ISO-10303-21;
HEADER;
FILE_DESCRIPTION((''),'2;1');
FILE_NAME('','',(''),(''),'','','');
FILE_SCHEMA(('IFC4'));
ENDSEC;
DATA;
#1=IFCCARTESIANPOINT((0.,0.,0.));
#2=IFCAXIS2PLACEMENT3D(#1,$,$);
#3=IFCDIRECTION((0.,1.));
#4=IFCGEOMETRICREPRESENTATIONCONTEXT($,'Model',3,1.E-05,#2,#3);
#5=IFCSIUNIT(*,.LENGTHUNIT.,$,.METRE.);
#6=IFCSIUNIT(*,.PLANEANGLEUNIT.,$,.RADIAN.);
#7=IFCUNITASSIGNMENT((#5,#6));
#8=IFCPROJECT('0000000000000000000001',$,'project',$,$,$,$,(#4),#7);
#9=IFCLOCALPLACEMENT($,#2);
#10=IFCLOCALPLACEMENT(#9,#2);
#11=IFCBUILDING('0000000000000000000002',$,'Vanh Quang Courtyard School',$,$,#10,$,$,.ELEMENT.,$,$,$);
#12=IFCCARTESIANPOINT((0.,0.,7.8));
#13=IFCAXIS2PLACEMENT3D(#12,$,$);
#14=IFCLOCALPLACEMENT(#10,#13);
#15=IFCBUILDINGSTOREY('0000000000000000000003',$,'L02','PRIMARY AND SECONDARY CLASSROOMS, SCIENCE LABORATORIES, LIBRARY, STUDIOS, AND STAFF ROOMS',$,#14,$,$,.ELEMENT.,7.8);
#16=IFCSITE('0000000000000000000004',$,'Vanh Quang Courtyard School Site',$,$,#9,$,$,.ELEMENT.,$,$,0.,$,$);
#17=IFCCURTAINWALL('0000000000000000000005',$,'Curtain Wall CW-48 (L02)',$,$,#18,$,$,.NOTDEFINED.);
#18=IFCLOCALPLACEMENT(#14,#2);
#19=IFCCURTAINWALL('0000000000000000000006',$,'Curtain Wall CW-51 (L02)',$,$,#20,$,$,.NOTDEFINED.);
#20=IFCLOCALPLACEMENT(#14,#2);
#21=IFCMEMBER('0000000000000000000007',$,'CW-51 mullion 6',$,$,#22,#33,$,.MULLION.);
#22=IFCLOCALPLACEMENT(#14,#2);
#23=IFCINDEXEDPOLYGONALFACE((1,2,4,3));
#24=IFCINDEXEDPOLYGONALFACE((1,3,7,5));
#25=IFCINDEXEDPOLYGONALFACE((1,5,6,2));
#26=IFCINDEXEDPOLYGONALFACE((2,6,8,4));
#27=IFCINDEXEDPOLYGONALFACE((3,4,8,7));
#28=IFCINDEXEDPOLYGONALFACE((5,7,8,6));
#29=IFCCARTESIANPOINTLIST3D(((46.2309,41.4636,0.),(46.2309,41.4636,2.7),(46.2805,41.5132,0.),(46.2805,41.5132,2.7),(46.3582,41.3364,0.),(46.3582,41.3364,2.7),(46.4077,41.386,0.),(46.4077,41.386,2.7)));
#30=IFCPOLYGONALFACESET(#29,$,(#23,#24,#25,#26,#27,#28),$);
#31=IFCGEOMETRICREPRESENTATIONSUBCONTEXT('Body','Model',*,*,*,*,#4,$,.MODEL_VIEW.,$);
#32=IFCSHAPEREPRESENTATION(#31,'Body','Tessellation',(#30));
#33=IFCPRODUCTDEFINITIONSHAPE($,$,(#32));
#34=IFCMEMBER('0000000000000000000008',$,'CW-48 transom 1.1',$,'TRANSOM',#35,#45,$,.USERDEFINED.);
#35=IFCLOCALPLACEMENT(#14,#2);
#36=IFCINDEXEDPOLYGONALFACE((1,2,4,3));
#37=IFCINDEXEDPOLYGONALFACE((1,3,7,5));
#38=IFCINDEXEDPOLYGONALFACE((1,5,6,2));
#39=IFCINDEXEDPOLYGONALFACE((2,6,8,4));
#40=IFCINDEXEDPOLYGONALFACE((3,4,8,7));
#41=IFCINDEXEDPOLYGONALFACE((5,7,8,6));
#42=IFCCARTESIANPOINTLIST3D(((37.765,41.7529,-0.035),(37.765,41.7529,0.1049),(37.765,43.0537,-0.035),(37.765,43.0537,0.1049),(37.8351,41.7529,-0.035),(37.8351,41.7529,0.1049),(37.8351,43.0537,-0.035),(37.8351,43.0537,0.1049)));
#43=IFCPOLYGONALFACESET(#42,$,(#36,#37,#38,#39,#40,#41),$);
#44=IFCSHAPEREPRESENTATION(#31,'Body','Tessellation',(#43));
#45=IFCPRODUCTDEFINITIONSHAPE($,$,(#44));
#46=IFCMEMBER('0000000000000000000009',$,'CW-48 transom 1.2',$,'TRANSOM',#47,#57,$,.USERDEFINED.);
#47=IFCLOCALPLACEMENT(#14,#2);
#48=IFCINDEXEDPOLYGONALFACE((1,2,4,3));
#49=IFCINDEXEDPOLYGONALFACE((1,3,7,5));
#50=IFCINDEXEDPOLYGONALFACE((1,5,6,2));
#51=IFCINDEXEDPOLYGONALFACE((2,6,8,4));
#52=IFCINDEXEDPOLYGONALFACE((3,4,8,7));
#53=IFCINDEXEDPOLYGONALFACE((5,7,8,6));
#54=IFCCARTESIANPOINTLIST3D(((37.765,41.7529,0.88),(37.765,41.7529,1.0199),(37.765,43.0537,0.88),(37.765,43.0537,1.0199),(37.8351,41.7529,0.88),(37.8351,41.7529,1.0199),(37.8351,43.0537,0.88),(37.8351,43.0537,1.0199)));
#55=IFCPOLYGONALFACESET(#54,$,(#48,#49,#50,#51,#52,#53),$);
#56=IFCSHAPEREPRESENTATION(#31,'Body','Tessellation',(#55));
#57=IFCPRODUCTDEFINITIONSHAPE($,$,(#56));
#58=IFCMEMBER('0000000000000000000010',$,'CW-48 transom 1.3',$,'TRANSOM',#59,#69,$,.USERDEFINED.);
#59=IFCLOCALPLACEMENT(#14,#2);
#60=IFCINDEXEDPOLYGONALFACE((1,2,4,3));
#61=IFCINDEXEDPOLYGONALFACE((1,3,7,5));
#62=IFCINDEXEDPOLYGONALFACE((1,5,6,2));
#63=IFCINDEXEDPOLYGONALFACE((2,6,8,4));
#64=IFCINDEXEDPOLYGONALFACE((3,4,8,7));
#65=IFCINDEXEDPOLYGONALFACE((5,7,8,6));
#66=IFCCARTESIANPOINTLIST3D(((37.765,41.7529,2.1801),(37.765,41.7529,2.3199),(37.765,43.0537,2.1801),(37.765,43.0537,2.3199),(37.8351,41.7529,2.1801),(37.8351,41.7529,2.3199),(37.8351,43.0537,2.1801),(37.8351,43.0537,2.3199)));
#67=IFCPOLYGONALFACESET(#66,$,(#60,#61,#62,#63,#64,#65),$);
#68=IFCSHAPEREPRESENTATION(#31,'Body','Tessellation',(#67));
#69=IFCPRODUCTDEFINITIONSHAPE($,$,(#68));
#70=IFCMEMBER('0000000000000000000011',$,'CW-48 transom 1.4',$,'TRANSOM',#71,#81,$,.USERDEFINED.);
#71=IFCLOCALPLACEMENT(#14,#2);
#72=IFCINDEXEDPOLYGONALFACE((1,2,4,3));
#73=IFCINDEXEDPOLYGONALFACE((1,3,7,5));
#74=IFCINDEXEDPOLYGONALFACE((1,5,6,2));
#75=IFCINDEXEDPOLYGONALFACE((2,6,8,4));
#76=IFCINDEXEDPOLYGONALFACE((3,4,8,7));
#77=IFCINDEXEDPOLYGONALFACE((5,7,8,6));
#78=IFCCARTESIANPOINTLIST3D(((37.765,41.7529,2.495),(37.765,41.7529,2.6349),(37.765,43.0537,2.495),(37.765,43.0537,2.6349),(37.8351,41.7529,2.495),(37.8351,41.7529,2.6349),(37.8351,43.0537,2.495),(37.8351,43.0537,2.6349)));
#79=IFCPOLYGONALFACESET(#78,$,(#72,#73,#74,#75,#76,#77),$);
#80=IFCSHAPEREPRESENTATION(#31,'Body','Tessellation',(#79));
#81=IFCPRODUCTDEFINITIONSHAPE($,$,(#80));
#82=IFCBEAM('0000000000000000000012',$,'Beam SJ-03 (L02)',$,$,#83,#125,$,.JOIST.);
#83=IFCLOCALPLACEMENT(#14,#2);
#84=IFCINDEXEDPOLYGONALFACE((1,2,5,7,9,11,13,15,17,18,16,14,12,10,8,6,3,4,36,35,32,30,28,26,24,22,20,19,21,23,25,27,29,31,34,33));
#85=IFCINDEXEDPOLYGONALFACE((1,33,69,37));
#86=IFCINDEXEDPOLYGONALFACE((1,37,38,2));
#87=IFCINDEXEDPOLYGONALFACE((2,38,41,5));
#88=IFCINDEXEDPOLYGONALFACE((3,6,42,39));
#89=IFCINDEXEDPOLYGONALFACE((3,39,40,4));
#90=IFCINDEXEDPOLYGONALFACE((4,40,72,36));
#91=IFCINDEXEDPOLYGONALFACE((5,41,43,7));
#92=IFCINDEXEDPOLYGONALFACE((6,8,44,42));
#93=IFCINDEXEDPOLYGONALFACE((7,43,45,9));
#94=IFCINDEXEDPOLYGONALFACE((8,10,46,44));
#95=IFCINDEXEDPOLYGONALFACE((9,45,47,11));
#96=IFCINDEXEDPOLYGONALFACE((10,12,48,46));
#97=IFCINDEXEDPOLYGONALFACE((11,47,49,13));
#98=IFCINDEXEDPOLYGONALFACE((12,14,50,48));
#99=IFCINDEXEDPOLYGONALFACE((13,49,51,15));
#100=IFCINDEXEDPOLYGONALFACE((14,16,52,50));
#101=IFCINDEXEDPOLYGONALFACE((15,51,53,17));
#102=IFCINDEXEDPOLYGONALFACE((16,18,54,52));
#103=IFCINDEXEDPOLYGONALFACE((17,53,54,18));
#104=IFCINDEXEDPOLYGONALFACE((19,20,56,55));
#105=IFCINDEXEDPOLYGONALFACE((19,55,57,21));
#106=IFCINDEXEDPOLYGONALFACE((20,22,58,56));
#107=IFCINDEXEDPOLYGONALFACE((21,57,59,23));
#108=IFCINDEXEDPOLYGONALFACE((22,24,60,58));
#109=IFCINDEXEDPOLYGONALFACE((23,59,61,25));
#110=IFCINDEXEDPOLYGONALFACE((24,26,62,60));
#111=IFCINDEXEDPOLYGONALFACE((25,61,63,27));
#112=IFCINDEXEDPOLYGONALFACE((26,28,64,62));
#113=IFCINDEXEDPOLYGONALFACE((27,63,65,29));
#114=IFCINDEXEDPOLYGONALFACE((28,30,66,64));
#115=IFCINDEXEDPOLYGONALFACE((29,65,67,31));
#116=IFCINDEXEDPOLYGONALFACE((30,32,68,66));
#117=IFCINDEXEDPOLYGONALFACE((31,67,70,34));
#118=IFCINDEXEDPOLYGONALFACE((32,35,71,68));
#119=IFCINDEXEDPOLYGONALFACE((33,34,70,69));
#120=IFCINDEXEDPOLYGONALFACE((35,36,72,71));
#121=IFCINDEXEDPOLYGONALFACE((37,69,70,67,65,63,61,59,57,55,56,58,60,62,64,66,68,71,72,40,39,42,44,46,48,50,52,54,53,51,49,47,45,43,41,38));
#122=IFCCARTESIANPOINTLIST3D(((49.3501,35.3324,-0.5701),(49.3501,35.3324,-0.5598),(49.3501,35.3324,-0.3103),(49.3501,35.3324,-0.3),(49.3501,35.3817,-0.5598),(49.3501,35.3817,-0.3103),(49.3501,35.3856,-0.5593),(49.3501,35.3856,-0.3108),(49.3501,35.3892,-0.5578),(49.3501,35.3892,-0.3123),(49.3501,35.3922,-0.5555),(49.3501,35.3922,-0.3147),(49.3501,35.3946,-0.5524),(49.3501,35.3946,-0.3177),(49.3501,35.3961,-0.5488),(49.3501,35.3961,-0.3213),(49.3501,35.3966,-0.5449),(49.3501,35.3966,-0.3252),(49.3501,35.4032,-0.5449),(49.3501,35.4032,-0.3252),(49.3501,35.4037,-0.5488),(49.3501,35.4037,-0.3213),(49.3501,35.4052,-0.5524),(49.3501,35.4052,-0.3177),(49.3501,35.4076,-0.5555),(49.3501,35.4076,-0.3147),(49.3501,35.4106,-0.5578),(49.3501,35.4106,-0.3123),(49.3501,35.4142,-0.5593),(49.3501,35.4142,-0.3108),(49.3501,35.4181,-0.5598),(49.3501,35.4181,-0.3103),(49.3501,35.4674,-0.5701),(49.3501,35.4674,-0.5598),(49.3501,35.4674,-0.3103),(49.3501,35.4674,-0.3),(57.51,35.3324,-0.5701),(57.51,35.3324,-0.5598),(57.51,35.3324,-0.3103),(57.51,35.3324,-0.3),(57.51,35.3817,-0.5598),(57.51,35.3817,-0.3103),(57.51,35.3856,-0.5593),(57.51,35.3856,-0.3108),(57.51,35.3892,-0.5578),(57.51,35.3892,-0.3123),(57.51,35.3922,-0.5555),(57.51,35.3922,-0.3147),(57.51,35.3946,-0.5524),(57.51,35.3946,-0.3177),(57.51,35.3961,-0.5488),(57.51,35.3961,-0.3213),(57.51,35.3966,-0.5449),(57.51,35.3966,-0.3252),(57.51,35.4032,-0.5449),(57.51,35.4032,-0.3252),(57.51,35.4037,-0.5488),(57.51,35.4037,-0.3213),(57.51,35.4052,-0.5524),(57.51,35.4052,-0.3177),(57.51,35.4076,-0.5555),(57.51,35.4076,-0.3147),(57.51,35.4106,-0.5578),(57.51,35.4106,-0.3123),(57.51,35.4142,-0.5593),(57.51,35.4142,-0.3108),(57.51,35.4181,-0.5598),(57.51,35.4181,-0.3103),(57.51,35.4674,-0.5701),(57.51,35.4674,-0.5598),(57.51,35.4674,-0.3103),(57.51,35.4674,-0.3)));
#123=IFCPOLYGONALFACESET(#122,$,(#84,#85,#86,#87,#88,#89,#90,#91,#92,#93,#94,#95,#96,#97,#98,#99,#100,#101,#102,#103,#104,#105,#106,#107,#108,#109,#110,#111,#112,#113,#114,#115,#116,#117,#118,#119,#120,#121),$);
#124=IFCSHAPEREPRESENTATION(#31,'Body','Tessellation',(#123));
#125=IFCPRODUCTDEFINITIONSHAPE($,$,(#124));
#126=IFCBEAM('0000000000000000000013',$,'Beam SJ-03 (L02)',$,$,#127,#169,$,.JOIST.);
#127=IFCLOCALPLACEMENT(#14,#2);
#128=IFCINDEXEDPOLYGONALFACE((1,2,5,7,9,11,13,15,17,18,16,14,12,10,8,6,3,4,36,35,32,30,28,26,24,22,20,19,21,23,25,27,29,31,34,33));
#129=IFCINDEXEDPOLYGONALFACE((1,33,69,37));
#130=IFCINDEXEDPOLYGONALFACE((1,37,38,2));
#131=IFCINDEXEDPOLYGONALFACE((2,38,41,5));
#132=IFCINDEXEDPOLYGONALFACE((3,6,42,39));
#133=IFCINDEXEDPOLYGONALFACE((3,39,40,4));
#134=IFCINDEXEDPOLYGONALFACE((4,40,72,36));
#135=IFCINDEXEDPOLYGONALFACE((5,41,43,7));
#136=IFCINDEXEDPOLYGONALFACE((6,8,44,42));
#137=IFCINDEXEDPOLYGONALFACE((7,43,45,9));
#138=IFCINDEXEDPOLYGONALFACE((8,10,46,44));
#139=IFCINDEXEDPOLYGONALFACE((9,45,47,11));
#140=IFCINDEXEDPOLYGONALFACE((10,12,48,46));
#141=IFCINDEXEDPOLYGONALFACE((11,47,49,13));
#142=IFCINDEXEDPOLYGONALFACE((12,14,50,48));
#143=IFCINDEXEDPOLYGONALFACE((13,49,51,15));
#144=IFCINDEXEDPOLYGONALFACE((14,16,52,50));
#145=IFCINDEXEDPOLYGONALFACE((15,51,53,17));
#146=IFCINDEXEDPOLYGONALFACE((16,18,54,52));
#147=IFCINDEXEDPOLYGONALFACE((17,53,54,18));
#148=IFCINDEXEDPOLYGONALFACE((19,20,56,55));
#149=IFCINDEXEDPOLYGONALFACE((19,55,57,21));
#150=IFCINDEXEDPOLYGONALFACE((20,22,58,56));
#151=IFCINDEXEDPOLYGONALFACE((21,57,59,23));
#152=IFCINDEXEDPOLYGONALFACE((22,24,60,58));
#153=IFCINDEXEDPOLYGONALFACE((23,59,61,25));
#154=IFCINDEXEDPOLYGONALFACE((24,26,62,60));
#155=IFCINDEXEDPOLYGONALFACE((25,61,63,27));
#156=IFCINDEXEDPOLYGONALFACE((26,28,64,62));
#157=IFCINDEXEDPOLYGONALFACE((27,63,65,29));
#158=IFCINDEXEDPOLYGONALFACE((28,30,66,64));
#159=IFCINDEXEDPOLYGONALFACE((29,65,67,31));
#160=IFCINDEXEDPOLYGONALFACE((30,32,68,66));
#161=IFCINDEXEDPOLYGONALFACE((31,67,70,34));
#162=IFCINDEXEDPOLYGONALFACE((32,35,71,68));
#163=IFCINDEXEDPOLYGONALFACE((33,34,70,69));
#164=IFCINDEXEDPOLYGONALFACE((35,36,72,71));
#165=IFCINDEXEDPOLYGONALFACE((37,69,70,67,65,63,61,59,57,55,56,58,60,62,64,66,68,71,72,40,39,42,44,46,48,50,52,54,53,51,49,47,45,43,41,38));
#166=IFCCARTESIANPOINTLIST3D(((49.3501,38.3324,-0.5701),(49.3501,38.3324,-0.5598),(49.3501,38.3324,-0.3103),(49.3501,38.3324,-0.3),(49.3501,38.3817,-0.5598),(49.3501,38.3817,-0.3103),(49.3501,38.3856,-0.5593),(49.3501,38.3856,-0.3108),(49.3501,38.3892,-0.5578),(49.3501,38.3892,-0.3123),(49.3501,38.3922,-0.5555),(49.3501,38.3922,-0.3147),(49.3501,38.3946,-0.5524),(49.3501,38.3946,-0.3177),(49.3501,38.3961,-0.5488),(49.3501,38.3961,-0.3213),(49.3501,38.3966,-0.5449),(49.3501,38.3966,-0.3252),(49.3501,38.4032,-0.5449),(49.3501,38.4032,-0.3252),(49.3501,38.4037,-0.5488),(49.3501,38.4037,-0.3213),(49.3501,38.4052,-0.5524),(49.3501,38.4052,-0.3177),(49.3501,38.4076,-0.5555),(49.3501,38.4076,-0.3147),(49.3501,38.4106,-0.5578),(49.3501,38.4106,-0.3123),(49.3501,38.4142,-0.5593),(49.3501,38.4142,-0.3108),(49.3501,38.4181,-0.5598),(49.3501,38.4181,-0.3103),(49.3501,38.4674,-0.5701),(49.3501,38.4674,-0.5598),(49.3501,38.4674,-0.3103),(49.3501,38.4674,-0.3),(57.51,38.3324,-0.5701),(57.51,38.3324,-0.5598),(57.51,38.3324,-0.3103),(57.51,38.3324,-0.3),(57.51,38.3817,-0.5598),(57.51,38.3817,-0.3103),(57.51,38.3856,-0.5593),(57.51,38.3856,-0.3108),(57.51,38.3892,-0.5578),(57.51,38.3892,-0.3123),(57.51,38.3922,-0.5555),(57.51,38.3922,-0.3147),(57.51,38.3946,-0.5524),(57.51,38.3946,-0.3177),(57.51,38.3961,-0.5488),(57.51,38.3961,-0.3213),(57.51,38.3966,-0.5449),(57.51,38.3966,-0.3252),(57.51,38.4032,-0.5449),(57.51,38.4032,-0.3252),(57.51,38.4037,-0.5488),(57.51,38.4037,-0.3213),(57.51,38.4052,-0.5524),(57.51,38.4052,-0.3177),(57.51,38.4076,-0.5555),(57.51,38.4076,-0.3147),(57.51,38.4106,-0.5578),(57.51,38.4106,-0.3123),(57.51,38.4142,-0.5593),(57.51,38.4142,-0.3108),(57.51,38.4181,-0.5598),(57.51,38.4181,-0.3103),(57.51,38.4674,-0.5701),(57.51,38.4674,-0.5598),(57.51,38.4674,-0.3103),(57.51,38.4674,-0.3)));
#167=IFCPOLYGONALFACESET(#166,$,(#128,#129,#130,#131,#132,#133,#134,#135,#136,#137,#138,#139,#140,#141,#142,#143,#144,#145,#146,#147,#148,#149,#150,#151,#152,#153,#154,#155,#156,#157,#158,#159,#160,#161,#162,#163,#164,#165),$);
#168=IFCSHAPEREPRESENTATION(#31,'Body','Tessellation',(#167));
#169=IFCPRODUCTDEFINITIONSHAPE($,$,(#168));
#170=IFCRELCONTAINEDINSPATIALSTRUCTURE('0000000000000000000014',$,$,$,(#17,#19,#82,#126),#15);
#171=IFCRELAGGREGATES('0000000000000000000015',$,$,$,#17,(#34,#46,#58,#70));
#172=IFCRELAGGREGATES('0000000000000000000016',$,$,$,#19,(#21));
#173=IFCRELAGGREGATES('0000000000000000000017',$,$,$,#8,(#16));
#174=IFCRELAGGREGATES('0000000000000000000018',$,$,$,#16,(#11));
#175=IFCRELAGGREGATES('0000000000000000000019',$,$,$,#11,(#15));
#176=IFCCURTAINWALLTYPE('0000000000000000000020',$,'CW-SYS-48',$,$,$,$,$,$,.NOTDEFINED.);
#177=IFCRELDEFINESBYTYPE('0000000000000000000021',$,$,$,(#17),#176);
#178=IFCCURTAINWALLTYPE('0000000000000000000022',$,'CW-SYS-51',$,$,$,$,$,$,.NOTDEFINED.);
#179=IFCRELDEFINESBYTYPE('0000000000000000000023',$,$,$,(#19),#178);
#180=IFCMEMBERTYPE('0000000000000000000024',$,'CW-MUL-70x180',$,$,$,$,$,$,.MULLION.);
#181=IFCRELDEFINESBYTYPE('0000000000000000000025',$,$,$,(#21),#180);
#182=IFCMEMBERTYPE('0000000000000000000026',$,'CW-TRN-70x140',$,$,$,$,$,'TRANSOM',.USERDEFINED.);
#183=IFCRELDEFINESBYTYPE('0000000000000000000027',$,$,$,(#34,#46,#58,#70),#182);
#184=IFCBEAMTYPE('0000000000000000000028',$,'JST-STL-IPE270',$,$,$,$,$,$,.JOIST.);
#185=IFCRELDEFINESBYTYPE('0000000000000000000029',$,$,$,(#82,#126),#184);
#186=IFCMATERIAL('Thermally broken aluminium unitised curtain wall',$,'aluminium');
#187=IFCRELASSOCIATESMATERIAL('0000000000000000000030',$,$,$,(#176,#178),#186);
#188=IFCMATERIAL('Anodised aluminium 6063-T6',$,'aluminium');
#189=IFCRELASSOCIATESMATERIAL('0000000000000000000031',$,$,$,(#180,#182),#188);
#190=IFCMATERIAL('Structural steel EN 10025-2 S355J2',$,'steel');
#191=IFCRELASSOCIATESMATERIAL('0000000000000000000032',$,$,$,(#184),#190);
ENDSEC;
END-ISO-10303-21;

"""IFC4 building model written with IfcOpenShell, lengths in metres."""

from ifc_helpers import new_model, si_unit, direction, frame, origin, origin_2d, place, context, subcontext, project, spatial, rectangle, i_section, extrude, material, material_profile, profile_set, type_object, element, aggregate, save


model = new_model("IFC4")

# Units and contexts
model_context = context("Model", 3, precision=1e-05, world=origin(), true_north=direction((0.0, 1.0)))
body_context = subcontext(model_context, "Body", "Model", "MODEL_VIEW")
ifc_project = project(units=[si_unit("LENGTHUNIT", "METRE"), si_unit("PLANEANGLEUNIT", "RADIAN")], contexts=[model_context])

# Site, building, storey
site_placement = place(None, origin())
site = spatial("IfcSite", under=ifc_project, at=site_placement, Name="Vanh Quang Courtyard School Site", CompositionType="ELEMENT", RefElevation=0.0)
building_placement = place(site_placement, origin())
building = spatial("IfcBuilding", under=site, at=building_placement, Name="Vanh Quang Courtyard School", CompositionType="ELEMENT")
storey_placement = place(building_placement, frame((0.0, 0.0, 7.8)))
storey = spatial("IfcBuildingStorey", under=building, at=storey_placement, Name="L02", Description="PRIMARY AND SECONDARY CLASSROOMS, SCIENCE LABORATORIES, LIBRARY, STUDIOS, AND STAFF ROOMS", CompositionType="ELEMENT", Elevation=7.8)

# Shared definitions
ifc_material_1 = material(Name="Structural steel EN 10025-2 S355J2", Category="steel")

# Curtain walls, member
ifc_material_2 = material(Name="Thermally broken aluminium unitised curtain wall", Category="aluminium")
curtain_wall_type_1 = type_object("IfcCurtainWallType", Name="CW-SYS-48", PredefinedType="NOTDEFINED", material=ifc_material_2)
curtain_wall_1_placement = place(storey_placement, origin())
curtain_wall_1 = element("IfcCurtainWall", 1, at=curtain_wall_1_placement, inside=storey, type_object=curtain_wall_type_1, Name="Curtain Wall CW-48 (L02)", PredefinedType="NOTDEFINED")
ifc_material_3 = material(Name="Anodised aluminium 6063-T6", Category="aluminium")
ifc_material_profile_1 = material_profile(ifc_material_3, rectangle(XDim=0.0701, YDim=0.1799, at=origin_2d()), Name="ALU-MUL 70x180")
ifc_profile_set_1 = profile_set([ifc_material_profile_1], Name="Anodised aluminium 6063-T6")
member_type_1 = type_object("IfcMemberType", Name="CW-MUL-70x180", PredefinedType="MULLION", material=ifc_profile_set_1)
curtain_wall_type_2 = type_object("IfcCurtainWallType", Name="CW-SYS-51", PredefinedType="NOTDEFINED", material=ifc_material_2)
curtain_wall_2_placement = place(storey_placement, origin())
curtain_wall_2 = element("IfcCurtainWall", 2, at=curtain_wall_2_placement, inside=storey, type_object=curtain_wall_type_2, Name="Curtain Wall CW-51 (L02)", PredefinedType="NOTDEFINED")
member_1_placement = place(storey_placement, frame((46.3193, 41.4248, 0.0), z_axis=(0.0, 0.0, 1.0), x_axis=(0.707107, 0.707107, 0.0)))
member_1 = element("IfcMember", 3, at=member_1_placement, type_object=member_type_1, Name="CW-51 mullion 6", PredefinedType="MULLION", context=body_context, shape_type="SweptSolid", body=[
    extrude(rectangle(XDim=0.0701, YDim=0.1799, at=origin_2d()), origin(), (0.0, 0.0, 1.0), 2.7),
])

# Members
ifc_material_profile_2 = material_profile(ifc_material_3, rectangle(XDim=0.0701, YDim=0.1399, at=origin_2d()), Name="ALU-TRN 70x140")
ifc_profile_set_2 = profile_set([ifc_material_profile_2], Name="Anodised aluminium 6063-T6")
member_type_2 = type_object("IfcMemberType", Name="CW-TRN-70x140", ElementType="TRANSOM", PredefinedType="USERDEFINED", material=ifc_profile_set_2)
member_2_placement = place(storey_placement, frame((37.8, 41.7529, 0.0349), z_axis=(0.0, 1.0, 0.0), x_axis=(-1.0, 0.0, 0.0)))
member_2 = element("IfcMember", 4, at=member_2_placement, type_object=member_type_2, Name="CW-48 transom 1.1", ObjectType="TRANSOM", PredefinedType="USERDEFINED", context=body_context, shape_type="SweptSolid", body=[
    extrude(rectangle(XDim=0.0701, YDim=0.1399, at=origin_2d()), origin(), (0.0, 0.0, 1.0), 1.3008),
])
member_3_placement = place(storey_placement, frame((37.8, 41.7529, 0.95), z_axis=(0.0, 1.0, 0.0), x_axis=(-1.0, 0.0, 0.0)))
member_3 = element("IfcMember", 5, at=member_3_placement, type_object=member_type_2, Name="CW-48 transom 1.2", ObjectType="TRANSOM", PredefinedType="USERDEFINED", context=body_context, shape_type="SweptSolid", body=[
    extrude(rectangle(XDim=0.0701, YDim=0.1399, at=origin_2d()), origin(), (0.0, 0.0, 1.0), 1.3008),
])
member_4_placement = place(storey_placement, frame((37.8, 41.7529, 2.25), z_axis=(0.0, 1.0, 0.0), x_axis=(-1.0, 0.0, 0.0)))
member_4 = element("IfcMember", 6, at=member_4_placement, type_object=member_type_2, Name="CW-48 transom 1.3", ObjectType="TRANSOM", PredefinedType="USERDEFINED", context=body_context, shape_type="SweptSolid", body=[
    extrude(rectangle(XDim=0.0701, YDim=0.1399, at=origin_2d()), origin(), (0.0, 0.0, 1.0), 1.3008),
])
member_5_placement = place(storey_placement, frame((37.8, 41.7529, 2.5649), z_axis=(0.0, 1.0, 0.0), x_axis=(-1.0, 0.0, 0.0)))
member_5 = element("IfcMember", 7, at=member_5_placement, type_object=member_type_2, Name="CW-48 transom 1.4", ObjectType="TRANSOM", PredefinedType="USERDEFINED", context=body_context, shape_type="SweptSolid", body=[
    extrude(rectangle(XDim=0.0701, YDim=0.1399, at=origin_2d()), origin(), (0.0, 0.0, 1.0), 1.3008),
])

# Beams
ifc_material_profile_3 = material_profile(ifc_material_1, i_section(OverallWidth=0.135, OverallDepth=0.27, WebThickness=0.0066, FlangeThickness=0.0103, FilletRadius=0.0149, at=origin_2d()), Name="IPE 270")
ifc_profile_set_3 = profile_set([ifc_material_profile_3], Name="Structural steel EN 10025-2 S355J2")
beam_type_1 = type_object("IfcBeamType", Name="JST-STL-IPE270", PredefinedType="JOIST", material=ifc_profile_set_3)
for number, where, z_axis, x_axis, name in (
    (8, (49.3501, 35.3999, -0.4351), (1.0, 0.0, 0.0), (0.0, 1.0, 0.0), "Beam SJ-03 (L02)"),
    (9, (49.3501, 38.3999, -0.4351), (1.0, 0.0, 0.0), (0.0, 1.0, 0.0), "Beam SJ-03 (L02)"),
):
    element("IfcBeam", number, at=place(storey_placement, frame(where, z_axis=z_axis, x_axis=x_axis)), inside=storey, type_object=beam_type_1, Name=name, PredefinedType="JOIST", context=body_context, shape_type="SweptSolid", body=[
        extrude(i_section(OverallWidth=0.135, OverallDepth=0.27, WebThickness=0.0066, FlangeThickness=0.0103, FilletRadius=0.0149, at=origin_2d()), origin(), (0.0, 0.0, 1.0), 8.1599),
    ])

aggregate(curtain_wall_1, [member_2, member_3, member_4, member_5])
aggregate(curtain_wall_2, [member_1])

save(model, "model.ifc")
